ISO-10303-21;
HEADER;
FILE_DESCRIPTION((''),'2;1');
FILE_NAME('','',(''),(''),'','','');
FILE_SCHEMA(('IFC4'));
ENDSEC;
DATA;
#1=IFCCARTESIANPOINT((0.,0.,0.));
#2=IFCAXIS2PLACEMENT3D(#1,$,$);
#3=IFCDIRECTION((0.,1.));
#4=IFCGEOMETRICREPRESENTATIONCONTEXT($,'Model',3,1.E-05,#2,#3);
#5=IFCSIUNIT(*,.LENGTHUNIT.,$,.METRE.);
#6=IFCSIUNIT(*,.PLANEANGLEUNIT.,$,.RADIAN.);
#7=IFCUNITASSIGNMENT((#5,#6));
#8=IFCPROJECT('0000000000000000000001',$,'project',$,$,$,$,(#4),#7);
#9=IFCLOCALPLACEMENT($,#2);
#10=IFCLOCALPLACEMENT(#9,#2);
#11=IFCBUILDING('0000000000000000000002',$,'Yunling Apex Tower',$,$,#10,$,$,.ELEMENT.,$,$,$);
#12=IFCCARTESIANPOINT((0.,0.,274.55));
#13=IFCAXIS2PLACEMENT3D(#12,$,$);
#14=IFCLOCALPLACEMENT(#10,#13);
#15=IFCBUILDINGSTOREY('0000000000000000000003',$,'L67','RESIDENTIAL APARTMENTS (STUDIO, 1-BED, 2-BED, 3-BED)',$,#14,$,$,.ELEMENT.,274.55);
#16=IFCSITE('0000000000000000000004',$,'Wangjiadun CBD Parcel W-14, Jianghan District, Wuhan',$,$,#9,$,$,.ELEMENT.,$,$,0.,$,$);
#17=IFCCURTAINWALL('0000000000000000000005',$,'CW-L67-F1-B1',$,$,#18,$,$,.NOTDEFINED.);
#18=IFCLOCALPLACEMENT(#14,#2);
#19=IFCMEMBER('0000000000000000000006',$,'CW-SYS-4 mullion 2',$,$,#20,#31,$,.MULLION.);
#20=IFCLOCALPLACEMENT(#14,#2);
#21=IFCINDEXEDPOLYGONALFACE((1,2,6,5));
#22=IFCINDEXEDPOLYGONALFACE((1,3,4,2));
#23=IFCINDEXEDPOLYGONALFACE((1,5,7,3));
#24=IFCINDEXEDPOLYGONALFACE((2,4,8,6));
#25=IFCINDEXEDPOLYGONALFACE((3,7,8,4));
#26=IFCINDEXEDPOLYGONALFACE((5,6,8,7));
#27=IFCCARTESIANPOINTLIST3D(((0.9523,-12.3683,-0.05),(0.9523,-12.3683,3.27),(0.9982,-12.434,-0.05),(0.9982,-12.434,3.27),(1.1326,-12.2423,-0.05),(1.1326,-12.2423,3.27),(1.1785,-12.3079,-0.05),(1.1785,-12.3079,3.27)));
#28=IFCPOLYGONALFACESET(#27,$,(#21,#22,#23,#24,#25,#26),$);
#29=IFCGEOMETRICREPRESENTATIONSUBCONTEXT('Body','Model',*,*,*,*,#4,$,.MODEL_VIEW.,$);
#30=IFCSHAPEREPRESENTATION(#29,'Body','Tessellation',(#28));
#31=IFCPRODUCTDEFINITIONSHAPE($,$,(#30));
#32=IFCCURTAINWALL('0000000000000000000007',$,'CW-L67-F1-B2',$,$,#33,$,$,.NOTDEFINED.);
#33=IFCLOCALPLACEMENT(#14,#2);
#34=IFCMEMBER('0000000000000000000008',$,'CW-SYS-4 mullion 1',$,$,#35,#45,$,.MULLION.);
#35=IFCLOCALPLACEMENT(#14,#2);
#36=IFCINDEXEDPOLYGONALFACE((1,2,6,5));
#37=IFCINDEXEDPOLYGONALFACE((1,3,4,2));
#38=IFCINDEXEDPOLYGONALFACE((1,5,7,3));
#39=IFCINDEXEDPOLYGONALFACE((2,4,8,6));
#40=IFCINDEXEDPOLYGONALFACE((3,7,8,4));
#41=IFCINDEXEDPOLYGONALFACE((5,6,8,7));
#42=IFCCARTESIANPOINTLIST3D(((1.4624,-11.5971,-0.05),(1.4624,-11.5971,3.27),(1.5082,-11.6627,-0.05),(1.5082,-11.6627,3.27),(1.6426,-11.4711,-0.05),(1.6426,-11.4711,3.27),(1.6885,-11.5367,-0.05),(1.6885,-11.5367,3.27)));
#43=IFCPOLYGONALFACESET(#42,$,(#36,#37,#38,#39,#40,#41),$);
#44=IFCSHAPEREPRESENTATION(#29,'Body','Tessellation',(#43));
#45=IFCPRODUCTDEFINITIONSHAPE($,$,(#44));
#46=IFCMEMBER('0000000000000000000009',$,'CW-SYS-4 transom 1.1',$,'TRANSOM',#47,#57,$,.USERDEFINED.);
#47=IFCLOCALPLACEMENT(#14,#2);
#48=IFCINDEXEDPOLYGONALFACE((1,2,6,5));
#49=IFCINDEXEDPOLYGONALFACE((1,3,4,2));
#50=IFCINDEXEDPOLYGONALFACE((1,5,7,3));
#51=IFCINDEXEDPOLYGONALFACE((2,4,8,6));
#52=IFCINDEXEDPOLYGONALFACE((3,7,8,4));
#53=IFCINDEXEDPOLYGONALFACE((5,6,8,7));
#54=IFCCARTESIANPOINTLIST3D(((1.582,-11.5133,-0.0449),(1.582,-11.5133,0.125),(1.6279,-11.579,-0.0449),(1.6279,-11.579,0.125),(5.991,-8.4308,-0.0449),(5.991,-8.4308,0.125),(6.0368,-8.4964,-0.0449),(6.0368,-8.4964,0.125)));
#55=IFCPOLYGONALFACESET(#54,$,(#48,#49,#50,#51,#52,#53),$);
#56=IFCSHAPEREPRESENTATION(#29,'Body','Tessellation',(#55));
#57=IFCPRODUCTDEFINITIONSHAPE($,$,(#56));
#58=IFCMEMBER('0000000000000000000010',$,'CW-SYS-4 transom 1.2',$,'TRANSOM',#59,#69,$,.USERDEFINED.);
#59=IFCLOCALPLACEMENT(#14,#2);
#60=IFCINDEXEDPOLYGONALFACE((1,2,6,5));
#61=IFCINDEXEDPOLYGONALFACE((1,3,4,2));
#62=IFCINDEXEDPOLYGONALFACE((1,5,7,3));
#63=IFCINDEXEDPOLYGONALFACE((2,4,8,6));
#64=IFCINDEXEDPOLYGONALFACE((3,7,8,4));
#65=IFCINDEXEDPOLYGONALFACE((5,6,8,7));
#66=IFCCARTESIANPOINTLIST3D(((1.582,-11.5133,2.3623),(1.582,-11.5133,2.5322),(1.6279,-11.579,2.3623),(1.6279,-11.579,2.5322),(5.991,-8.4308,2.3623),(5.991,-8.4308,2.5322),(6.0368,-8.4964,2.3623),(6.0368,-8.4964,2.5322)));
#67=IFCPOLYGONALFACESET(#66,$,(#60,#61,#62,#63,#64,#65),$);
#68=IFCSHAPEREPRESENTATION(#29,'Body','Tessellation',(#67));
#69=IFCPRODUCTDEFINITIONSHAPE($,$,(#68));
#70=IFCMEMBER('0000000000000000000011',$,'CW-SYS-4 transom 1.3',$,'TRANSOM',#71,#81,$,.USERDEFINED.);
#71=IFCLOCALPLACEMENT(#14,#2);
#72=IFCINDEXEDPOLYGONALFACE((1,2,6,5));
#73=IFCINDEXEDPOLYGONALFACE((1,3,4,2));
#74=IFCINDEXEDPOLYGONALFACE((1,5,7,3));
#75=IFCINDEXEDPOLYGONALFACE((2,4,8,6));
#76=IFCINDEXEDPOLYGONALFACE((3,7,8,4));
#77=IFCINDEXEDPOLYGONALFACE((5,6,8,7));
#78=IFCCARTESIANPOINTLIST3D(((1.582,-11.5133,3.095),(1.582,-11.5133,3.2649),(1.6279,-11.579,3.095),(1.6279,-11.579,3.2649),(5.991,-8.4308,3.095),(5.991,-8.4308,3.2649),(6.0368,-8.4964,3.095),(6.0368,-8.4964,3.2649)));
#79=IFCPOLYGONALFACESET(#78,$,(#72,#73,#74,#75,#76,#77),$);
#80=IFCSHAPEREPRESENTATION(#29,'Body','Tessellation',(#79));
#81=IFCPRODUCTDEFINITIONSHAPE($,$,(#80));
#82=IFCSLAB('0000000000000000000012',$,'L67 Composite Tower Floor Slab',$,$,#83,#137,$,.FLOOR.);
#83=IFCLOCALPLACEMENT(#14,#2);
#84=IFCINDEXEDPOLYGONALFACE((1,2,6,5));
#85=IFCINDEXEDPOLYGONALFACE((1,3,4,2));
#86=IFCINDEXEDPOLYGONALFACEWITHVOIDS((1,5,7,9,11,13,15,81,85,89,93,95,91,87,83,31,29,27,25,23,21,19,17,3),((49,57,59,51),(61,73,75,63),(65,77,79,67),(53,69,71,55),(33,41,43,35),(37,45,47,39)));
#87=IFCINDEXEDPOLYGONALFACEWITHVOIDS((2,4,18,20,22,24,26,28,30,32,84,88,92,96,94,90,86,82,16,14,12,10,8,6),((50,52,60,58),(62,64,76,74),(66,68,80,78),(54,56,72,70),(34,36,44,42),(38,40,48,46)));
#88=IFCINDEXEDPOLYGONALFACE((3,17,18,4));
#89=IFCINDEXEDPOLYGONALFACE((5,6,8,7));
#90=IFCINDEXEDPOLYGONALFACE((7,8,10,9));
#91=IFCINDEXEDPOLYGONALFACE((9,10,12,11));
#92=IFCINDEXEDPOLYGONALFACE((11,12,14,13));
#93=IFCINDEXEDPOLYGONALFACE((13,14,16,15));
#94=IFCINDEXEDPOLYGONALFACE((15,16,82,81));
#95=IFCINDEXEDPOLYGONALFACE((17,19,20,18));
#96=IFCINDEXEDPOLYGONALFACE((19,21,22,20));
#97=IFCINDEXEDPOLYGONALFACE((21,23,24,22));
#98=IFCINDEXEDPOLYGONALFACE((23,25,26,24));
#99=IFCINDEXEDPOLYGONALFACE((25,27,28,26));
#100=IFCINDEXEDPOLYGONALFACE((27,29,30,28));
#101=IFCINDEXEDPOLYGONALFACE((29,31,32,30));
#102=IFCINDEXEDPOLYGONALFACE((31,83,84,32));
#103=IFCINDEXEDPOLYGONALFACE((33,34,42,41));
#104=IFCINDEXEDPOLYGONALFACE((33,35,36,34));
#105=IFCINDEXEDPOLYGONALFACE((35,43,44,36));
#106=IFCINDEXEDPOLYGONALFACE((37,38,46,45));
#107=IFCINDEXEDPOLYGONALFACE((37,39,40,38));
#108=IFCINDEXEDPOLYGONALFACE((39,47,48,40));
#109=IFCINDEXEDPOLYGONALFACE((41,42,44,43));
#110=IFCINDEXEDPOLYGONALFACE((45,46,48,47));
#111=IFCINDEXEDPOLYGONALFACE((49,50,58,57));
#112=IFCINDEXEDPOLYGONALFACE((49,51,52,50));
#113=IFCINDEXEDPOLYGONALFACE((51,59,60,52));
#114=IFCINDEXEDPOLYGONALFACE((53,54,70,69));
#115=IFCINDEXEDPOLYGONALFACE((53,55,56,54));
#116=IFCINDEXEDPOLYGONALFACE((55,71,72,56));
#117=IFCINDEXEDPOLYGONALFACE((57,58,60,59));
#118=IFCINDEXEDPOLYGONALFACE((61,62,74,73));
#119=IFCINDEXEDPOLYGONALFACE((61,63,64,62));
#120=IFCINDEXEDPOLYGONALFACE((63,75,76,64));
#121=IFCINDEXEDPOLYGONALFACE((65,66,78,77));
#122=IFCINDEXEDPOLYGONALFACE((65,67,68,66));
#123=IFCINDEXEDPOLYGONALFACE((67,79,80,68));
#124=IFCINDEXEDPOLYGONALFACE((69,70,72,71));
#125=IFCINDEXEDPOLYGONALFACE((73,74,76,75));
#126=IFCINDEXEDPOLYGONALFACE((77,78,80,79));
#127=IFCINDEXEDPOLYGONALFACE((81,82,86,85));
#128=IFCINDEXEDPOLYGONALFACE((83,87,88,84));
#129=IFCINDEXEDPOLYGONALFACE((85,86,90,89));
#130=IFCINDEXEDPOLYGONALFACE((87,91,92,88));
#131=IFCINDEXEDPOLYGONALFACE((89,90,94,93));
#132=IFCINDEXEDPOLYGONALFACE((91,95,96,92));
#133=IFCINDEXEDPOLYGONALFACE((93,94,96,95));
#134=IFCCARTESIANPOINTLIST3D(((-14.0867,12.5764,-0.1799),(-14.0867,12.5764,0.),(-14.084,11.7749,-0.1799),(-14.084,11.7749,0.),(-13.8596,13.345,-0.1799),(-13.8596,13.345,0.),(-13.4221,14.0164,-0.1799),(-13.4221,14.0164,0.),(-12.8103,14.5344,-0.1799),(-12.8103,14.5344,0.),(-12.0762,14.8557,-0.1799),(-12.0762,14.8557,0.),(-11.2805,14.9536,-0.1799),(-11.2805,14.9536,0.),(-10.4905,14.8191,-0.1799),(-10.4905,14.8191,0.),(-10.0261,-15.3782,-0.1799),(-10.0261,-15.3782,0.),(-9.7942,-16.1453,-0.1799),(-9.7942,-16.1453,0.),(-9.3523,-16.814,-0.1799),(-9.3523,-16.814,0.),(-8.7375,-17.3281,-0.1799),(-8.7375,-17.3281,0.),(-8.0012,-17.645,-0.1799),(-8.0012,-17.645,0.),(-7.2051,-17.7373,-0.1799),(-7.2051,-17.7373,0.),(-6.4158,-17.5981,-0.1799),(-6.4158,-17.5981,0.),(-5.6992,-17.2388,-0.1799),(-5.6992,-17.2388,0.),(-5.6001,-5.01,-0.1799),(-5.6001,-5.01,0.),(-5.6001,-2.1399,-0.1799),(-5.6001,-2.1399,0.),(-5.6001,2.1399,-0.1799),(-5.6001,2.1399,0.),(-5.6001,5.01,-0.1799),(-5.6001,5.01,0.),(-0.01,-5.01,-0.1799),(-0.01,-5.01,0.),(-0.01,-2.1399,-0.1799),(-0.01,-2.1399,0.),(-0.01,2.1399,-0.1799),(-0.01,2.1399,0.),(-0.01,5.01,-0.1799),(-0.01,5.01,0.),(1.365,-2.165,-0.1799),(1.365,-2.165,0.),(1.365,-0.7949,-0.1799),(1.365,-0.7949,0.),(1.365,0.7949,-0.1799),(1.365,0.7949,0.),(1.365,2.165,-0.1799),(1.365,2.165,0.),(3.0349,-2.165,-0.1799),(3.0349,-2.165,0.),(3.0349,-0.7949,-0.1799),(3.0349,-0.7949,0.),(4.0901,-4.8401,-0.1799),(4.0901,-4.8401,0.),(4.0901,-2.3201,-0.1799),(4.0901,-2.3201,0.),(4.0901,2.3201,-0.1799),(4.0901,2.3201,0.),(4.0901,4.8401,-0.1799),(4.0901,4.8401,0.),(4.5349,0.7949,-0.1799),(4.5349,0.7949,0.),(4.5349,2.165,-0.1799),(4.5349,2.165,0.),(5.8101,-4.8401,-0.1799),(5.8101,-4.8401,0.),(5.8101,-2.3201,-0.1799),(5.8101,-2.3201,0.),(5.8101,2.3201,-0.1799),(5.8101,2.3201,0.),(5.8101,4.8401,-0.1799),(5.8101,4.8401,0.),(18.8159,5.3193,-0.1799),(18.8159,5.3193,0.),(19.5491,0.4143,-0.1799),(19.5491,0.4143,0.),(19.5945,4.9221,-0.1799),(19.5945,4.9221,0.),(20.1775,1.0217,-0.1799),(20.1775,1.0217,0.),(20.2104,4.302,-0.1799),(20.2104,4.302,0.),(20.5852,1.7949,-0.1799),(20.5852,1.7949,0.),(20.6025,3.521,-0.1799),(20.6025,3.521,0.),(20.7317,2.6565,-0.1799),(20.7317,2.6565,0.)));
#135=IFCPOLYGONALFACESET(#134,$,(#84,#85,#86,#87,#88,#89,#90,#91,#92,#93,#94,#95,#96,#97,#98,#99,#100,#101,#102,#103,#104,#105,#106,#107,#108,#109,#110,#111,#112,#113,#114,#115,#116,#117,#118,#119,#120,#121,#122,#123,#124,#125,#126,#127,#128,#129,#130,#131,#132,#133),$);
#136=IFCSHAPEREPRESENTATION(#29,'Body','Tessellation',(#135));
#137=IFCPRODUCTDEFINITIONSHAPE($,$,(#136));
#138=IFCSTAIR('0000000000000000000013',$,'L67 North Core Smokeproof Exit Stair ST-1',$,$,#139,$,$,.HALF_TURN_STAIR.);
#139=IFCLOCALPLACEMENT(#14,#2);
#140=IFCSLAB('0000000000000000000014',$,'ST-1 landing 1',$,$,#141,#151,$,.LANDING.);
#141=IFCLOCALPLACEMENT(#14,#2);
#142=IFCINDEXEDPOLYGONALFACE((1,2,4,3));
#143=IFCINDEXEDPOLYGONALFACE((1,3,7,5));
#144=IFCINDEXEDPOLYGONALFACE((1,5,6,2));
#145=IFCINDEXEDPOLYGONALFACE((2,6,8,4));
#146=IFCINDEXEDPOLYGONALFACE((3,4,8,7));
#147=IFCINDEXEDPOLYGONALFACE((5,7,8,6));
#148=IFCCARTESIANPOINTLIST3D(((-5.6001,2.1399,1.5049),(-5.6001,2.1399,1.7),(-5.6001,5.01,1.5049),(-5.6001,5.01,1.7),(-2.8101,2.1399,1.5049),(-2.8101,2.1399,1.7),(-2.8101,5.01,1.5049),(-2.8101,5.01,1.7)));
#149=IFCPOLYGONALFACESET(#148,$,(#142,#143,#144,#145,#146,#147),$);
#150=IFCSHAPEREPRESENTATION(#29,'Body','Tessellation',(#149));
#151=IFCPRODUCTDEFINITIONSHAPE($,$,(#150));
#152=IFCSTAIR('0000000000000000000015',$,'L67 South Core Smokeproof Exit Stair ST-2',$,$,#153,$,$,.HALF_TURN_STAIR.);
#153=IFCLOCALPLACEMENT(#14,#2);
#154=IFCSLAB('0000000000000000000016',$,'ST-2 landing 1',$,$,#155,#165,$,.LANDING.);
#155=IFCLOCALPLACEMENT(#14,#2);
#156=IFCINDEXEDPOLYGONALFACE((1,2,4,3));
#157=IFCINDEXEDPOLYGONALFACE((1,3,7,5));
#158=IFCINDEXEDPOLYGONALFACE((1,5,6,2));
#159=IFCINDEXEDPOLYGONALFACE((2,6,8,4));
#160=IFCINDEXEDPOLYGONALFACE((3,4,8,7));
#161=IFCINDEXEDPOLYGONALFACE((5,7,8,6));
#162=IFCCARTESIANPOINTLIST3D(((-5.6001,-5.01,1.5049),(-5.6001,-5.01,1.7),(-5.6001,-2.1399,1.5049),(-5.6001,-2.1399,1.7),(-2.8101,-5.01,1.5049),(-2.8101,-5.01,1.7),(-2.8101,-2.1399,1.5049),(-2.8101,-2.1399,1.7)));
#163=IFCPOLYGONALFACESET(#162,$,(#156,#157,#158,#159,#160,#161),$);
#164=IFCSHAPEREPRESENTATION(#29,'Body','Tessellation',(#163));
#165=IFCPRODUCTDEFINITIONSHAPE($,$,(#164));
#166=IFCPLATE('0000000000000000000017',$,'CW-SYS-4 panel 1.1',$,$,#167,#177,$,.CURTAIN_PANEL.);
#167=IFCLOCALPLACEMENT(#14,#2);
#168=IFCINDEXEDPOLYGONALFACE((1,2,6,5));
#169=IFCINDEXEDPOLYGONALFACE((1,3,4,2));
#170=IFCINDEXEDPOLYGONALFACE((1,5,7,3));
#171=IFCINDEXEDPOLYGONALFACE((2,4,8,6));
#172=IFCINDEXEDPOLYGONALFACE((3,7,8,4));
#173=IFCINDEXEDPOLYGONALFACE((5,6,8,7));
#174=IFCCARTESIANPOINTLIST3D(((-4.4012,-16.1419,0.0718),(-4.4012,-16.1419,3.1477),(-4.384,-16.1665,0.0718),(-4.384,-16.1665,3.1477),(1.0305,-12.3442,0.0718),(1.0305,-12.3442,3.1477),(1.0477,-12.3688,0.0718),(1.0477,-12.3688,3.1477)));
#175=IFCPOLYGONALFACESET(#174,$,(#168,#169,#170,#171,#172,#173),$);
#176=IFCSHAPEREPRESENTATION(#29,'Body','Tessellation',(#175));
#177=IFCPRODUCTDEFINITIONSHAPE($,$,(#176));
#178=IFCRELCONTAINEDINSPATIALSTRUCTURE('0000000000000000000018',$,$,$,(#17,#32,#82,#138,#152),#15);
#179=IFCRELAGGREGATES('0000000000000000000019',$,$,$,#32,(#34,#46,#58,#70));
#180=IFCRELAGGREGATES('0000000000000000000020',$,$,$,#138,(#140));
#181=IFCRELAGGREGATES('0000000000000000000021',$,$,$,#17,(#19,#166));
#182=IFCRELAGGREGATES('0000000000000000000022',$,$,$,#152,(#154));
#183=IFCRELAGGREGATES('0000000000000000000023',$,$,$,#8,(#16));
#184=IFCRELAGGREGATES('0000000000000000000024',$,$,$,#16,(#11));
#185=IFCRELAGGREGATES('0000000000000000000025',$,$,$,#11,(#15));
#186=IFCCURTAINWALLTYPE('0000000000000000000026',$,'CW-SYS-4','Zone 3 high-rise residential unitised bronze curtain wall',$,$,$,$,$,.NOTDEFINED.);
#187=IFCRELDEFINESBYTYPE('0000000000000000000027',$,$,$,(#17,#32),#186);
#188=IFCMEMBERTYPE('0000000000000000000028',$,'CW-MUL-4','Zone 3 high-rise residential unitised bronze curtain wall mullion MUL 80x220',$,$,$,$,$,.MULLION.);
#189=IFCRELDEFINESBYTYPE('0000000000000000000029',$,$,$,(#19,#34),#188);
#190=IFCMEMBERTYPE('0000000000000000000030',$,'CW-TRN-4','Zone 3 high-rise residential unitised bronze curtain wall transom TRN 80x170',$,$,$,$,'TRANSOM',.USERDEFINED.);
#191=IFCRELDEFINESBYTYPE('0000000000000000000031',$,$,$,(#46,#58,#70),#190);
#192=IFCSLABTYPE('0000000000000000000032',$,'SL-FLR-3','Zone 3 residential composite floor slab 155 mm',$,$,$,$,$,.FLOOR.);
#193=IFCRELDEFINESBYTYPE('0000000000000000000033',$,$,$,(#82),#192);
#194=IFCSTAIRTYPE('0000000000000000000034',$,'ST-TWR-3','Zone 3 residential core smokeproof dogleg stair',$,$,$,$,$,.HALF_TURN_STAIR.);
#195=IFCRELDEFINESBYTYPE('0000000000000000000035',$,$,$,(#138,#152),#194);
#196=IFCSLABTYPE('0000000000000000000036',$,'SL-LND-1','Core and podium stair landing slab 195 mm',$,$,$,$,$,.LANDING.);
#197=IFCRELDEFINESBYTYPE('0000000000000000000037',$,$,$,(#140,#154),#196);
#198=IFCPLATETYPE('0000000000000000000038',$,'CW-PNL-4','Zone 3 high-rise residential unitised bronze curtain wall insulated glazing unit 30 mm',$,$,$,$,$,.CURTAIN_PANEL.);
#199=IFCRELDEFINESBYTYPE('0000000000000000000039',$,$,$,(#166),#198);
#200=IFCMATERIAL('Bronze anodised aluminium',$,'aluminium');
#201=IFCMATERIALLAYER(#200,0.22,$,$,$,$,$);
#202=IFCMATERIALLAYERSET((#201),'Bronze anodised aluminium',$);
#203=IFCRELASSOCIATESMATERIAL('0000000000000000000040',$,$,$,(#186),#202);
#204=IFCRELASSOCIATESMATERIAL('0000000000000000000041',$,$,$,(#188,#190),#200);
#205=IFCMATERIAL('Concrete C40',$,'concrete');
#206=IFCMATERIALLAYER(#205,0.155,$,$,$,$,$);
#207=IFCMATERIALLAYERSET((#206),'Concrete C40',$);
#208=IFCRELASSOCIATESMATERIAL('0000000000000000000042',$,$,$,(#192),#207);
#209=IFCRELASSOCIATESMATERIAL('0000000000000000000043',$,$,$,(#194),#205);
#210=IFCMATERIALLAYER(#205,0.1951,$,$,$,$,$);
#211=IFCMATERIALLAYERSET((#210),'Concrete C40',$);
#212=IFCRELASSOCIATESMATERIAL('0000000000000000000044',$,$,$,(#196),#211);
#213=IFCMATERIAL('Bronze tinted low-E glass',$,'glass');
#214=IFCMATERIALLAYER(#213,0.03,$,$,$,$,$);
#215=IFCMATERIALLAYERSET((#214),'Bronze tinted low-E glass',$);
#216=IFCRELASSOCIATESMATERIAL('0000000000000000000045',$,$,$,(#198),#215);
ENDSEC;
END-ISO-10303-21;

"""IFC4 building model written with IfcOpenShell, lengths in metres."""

from ifc_helpers import new_model, si_unit, direction, frame, origin, origin_2d, place, context, subcontext, project, spatial, polyline, rectangle, outline, extrude, source, transform, mapped, material, layer, layer_set, material_profile, profile_set, type_object, element, aggregate, save


model = new_model("IFC4")

# Units and contexts
model_context = context("Model", 3, precision=1e-05, world=origin(), true_north=direction((0.0, 1.0)))
body_context = subcontext(model_context, "Body", "Model", "MODEL_VIEW")
ifc_project = project(units=[si_unit("LENGTHUNIT", "METRE"), si_unit("PLANEANGLEUNIT", "RADIAN")], contexts=[model_context])

# Site, building, storey
site_placement = place(None, origin())
site = spatial("IfcSite", under=ifc_project, at=site_placement, Name="Wangjiadun CBD Parcel W-14, Jianghan District, Wuhan", CompositionType="ELEMENT", RefElevation=0.0)
building_placement = place(site_placement, origin())
building = spatial("IfcBuilding", under=site, at=building_placement, Name="Yunling Apex Tower", CompositionType="ELEMENT")
storey_placement = place(building_placement, frame((0.0, 0.0, 274.55)))
storey = spatial("IfcBuildingStorey", under=building, at=storey_placement, Name="L67", Description="RESIDENTIAL APARTMENTS (STUDIO, 1-BED, 2-BED, 3-BED)", CompositionType="ELEMENT", Elevation=274.55)

# Curtain wall, member
ifc_material_1 = material(Name="Bronze anodised aluminium", Category="aluminium")
ifc_layer_1 = layer(ifc_material_1, 0.22)
ifc_layer_set_1 = layer_set([ifc_layer_1], Name="Bronze anodised aluminium")
curtain_wall_type = type_object("IfcCurtainWallType", Name="CW-SYS-4", Description="Zone 3 high-rise residential unitised bronze curtain wall", PredefinedType="NOTDEFINED", material=ifc_layer_set_1)
curtain_wall_1_placement = place(storey_placement, origin())
curtain_wall_1 = element("IfcCurtainWall", 1, at=curtain_wall_1_placement, inside=storey, type_object=curtain_wall_type, Name="CW-L67-F1-B1", PredefinedType="NOTDEFINED")
ifc_material_profile_1 = material_profile(ifc_material_1, rectangle(XDim=0.0801, YDim=0.22, at=origin_2d()))
ifc_profile_set_1 = profile_set([ifc_material_profile_1], Name="Bronze anodised aluminium")
member_type_1 = type_object("IfcMemberType", Name="CW-MUL-4", Description="Zone 3 high-rise residential unitised bronze curtain wall mullion MUL 80x220", PredefinedType="MULLION", material=ifc_profile_set_1)
shared_shape_1 = source(origin(), body_context, "Body", "SweptSolid", [
    extrude(rectangle(XDim=0.0801, YDim=0.22, at=origin_2d()), origin(), (0.0, 0.0, 1.0), 3.3201),
])
member_1_placement = place(storey_placement, frame((1.0654, -12.3381, -0.05), z_axis=(0.0, 0.0, 1.0), x_axis=(-0.573, 0.819555, 0.0)))
member_1 = element("IfcMember", 2, at=member_1_placement, type_object=member_type_1, Name="CW-SYS-4 mullion 2", PredefinedType="MULLION", context=body_context, shape_type="MappedRepresentation", body=[
    mapped(shared_shape_1, transform((0.0, 0.0, 0.0), scale=1.0)),
])

# Curtain wall, members
curtain_wall_2_placement = place(storey_placement, origin())
curtain_wall_2 = element("IfcCurtainWall", 3, at=curtain_wall_2_placement, inside=storey, type_object=curtain_wall_type, Name="CW-L67-F1-B2", PredefinedType="NOTDEFINED")
member_2_placement = place(storey_placement, frame((1.5754, -11.5669, -0.05), z_axis=(0.0, 0.0, 1.0), x_axis=(-0.572999, 0.819556, 0.0)))
member_2 = element("IfcMember", 4, at=member_2_placement, type_object=member_type_1, Name="CW-SYS-4 mullion 1", PredefinedType="MULLION", context=body_context, shape_type="MappedRepresentation", body=[
    mapped(shared_shape_1, transform((0.0, 0.0, 0.0), scale=1.0)),
])
ifc_material_profile_2 = material_profile(ifc_material_1, rectangle(XDim=0.0801, YDim=0.1699, at=origin_2d()))
ifc_profile_set_2 = profile_set([ifc_material_profile_2], Name="Bronze anodised aluminium")
member_type_2 = type_object("IfcMemberType", Name="CW-TRN-4", Description="Zone 3 high-rise residential unitised bronze curtain wall transom TRN 80x170", ElementType="TRANSOM", PredefinedType="USERDEFINED", material=ifc_profile_set_2)
shared_shape_2 = source(origin(), body_context, "Body", "SweptSolid", [
    extrude(rectangle(XDim=0.0801, YDim=0.1699, at=origin_2d()), origin(), (0.0, 0.0, 1.0), 5.3796),
])
member_3_placement = place(storey_placement, frame((1.605, -11.5461, 0.04), z_axis=(0.819558, 0.572996, 0.0), x_axis=(-0.572996, 0.819558, 0.0)))
member_3 = element("IfcMember", 5, at=member_3_placement, type_object=member_type_2, Name="CW-SYS-4 transom 1.1", ObjectType="TRANSOM", PredefinedType="USERDEFINED", context=body_context, shape_type="MappedRepresentation", body=[
    mapped(shared_shape_2, transform((0.0, 0.0, 0.0), scale=1.0)),
])
member_4_placement = place(storey_placement, frame((1.605, -11.5461, 2.4473), z_axis=(0.819558, 0.572996, 0.0), x_axis=(-0.572996, 0.819558, 0.0)))
member_4 = element("IfcMember", 6, at=member_4_placement, type_object=member_type_2, Name="CW-SYS-4 transom 1.2", ObjectType="TRANSOM", PredefinedType="USERDEFINED", context=body_context, shape_type="MappedRepresentation", body=[
    mapped(shared_shape_2, transform((0.0, 0.0, 0.0), scale=1.0)),
])
member_5_placement = place(storey_placement, frame((1.605, -11.5461, 3.1799), z_axis=(0.819558, 0.572996, 0.0), x_axis=(-0.572996, 0.819558, 0.0)))
member_5 = element("IfcMember", 7, at=member_5_placement, type_object=member_type_2, Name="CW-SYS-4 transom 1.3", ObjectType="TRANSOM", PredefinedType="USERDEFINED", context=body_context, shape_type="MappedRepresentation", body=[
    mapped(shared_shape_2, transform((0.0, 0.0, 0.0), scale=1.0)),
])
aggregate(curtain_wall_2, [member_2, member_3, member_4, member_5])

# Slab
ifc_material_2 = material(Name="Concrete C40", Category="concrete")
ifc_layer_2 = layer(ifc_material_2, 0.155)
ifc_layer_set_2 = layer_set([ifc_layer_2], Name="Concrete C40")
slab_type_1 = type_object("IfcSlabType", Name="SL-FLR-3", Description="Zone 3 residential composite floor slab 155 mm", PredefinedType="FLOOR", material=ifc_layer_set_2)
slab_1_placement = place(storey_placement, frame((0.0, 0.0, -0.1799)))
element("IfcSlab", 8, at=slab_1_placement, inside=storey, type_object=slab_type_1, Name="L67 Composite Tower Floor Slab", PredefinedType="FLOOR", context=body_context, shape_type="SweptSolid", body=[
    extrude(outline(polyline([(-10.0261, -15.3782), (-9.7942, -16.1453), (-9.3523, -16.814), (-8.7375, -17.3281), (-8.0012, -17.645), (-7.2051, -17.7373), (-6.4158, -17.5981), (-5.6992, -17.2388), (19.5491, 0.4143), (20.1775, 1.0217), (20.5852, 1.7949), (20.7317, 2.6565), (20.6025, 3.521), (20.2104, 4.302), (19.5945, 4.9221), (18.8159, 5.3193), (-10.4905, 14.8191), (-11.2805, 14.9536), (-12.0762, 14.8557), (-12.8103, 14.5344), (-13.4221, 14.0164), (-13.8596, 13.345), (-14.0867, 12.5764), (-14.084, 11.7749), (-10.0261, -15.3782)]), holes=[polyline([(4.0901, 4.8401), (5.8101, 4.8401), (5.8101, 2.3201), (4.0901, 2.3201), (4.0901, 4.8401)]), polyline([(4.0901, -4.8401), (4.0901, -2.3201), (5.8101, -2.3201), (5.8101, -4.8401), (4.0901, -4.8401)]), polyline([(4.5349, 0.7949), (1.365, 0.7949), (1.365, 2.165), (4.5349, 2.165), (4.5349, 0.7949)]), polyline([(1.365, -0.7949), (3.0349, -0.7949), (3.0349, -2.165), (1.365, -2.165), (1.365, -0.7949)]), polyline([(-0.01, -5.01), (-5.6001, -5.01), (-5.6001, -2.1399), (-0.01, -2.1399), (-0.01, -5.01)]), polyline([(-0.01, 2.1399), (-5.6001, 2.1399), (-5.6001, 5.01), (-0.01, 5.01), (-0.01, 2.1399)])]), origin(), (0.0, 0.0, 1.0), 0.1799),
])

# Stairs, slabs
stair_type = type_object("IfcStairType", Name="ST-TWR-3", Description="Zone 3 residential core smokeproof dogleg stair", PredefinedType="HALF_TURN_STAIR", material=ifc_material_2)
stair_1_placement = place(storey_placement, origin())
stair_1 = element("IfcStair", 9, at=stair_1_placement, inside=storey, type_object=stair_type, Name="L67 North Core Smokeproof Exit Stair ST-1", PredefinedType="HALF_TURN_STAIR")
ifc_layer_3 = layer(ifc_material_2, 0.1951)
ifc_layer_set_3 = layer_set([ifc_layer_3], Name="Concrete C40")
slab_type_2 = type_object("IfcSlabType", Name="SL-LND-1", Description="Core and podium stair landing slab 195 mm", PredefinedType="LANDING", material=ifc_layer_set_3)
slab_2_placement = place(storey_placement, frame((0.0, 0.0, 1.5049)))
slab_2 = element("IfcSlab", 10, at=slab_2_placement, type_object=slab_type_2, Name="ST-1 landing 1", PredefinedType="LANDING", context=body_context, shape_type="SweptSolid", body=[
    extrude(outline(polyline([(-2.8101, 5.01), (-5.6001, 5.01), (-5.6001, 2.1399), (-2.8101, 2.1399), (-2.8101, 5.01)])), origin(), (0.0, 0.0, 1.0), 0.1951),
])
aggregate(stair_1, [slab_2])
stair_2_placement = place(storey_placement, origin())
stair_2 = element("IfcStair", 11, at=stair_2_placement, inside=storey, type_object=stair_type, Name="L67 South Core Smokeproof Exit Stair ST-2", PredefinedType="HALF_TURN_STAIR")
slab_3_placement = place(storey_placement, frame((0.0, 0.0, 1.5049)))
slab_3 = element("IfcSlab", 12, at=slab_3_placement, type_object=slab_type_2, Name="ST-2 landing 1", PredefinedType="LANDING", context=body_context, shape_type="SweptSolid", body=[
    extrude(outline(polyline([(-2.8101, -2.1399), (-5.6001, -2.1399), (-5.6001, -5.01), (-2.8101, -5.01), (-2.8101, -2.1399)])), origin(), (0.0, 0.0, 1.0), 0.1951),
])

# Plate
ifc_material_3 = material(Name="Bronze tinted low-E glass", Category="glass")
ifc_layer_4 = layer(ifc_material_3, 0.03)
ifc_layer_set_4 = layer_set([ifc_layer_4], Name="Bronze tinted low-E glass")
plate_type = type_object("IfcPlateType", Name="CW-PNL-4", Description="Zone 3 high-rise residential unitised bronze curtain wall insulated glazing unit 30 mm", PredefinedType="CURTAIN_PANEL", material=ifc_layer_set_4)
shared_shape_3 = source(origin(), body_context, "Body", "SweptSolid", [
    extrude(rectangle(XDim=6.6277, YDim=0.03, at=origin_2d()), origin(), (0.0, 0.0, 1.0), 3.0759),
])
plate_placement = place(storey_placement, frame((-1.6768, -14.2554, 0.0718), z_axis=(0.0, 0.0, 1.0), x_axis=(0.819555, 0.573, 0.0)))
plate = element("IfcPlate", 13, at=plate_placement, type_object=plate_type, Name="CW-SYS-4 panel 1.1", PredefinedType="CURTAIN_PANEL", context=body_context, shape_type="MappedRepresentation", body=[
    mapped(shared_shape_3, transform((0.0, 0.0, 0.0), scale=1.0)),
])
aggregate(curtain_wall_1, [member_1, plate])

aggregate(stair_2, [slab_3])

save(model, "model.ifc")
